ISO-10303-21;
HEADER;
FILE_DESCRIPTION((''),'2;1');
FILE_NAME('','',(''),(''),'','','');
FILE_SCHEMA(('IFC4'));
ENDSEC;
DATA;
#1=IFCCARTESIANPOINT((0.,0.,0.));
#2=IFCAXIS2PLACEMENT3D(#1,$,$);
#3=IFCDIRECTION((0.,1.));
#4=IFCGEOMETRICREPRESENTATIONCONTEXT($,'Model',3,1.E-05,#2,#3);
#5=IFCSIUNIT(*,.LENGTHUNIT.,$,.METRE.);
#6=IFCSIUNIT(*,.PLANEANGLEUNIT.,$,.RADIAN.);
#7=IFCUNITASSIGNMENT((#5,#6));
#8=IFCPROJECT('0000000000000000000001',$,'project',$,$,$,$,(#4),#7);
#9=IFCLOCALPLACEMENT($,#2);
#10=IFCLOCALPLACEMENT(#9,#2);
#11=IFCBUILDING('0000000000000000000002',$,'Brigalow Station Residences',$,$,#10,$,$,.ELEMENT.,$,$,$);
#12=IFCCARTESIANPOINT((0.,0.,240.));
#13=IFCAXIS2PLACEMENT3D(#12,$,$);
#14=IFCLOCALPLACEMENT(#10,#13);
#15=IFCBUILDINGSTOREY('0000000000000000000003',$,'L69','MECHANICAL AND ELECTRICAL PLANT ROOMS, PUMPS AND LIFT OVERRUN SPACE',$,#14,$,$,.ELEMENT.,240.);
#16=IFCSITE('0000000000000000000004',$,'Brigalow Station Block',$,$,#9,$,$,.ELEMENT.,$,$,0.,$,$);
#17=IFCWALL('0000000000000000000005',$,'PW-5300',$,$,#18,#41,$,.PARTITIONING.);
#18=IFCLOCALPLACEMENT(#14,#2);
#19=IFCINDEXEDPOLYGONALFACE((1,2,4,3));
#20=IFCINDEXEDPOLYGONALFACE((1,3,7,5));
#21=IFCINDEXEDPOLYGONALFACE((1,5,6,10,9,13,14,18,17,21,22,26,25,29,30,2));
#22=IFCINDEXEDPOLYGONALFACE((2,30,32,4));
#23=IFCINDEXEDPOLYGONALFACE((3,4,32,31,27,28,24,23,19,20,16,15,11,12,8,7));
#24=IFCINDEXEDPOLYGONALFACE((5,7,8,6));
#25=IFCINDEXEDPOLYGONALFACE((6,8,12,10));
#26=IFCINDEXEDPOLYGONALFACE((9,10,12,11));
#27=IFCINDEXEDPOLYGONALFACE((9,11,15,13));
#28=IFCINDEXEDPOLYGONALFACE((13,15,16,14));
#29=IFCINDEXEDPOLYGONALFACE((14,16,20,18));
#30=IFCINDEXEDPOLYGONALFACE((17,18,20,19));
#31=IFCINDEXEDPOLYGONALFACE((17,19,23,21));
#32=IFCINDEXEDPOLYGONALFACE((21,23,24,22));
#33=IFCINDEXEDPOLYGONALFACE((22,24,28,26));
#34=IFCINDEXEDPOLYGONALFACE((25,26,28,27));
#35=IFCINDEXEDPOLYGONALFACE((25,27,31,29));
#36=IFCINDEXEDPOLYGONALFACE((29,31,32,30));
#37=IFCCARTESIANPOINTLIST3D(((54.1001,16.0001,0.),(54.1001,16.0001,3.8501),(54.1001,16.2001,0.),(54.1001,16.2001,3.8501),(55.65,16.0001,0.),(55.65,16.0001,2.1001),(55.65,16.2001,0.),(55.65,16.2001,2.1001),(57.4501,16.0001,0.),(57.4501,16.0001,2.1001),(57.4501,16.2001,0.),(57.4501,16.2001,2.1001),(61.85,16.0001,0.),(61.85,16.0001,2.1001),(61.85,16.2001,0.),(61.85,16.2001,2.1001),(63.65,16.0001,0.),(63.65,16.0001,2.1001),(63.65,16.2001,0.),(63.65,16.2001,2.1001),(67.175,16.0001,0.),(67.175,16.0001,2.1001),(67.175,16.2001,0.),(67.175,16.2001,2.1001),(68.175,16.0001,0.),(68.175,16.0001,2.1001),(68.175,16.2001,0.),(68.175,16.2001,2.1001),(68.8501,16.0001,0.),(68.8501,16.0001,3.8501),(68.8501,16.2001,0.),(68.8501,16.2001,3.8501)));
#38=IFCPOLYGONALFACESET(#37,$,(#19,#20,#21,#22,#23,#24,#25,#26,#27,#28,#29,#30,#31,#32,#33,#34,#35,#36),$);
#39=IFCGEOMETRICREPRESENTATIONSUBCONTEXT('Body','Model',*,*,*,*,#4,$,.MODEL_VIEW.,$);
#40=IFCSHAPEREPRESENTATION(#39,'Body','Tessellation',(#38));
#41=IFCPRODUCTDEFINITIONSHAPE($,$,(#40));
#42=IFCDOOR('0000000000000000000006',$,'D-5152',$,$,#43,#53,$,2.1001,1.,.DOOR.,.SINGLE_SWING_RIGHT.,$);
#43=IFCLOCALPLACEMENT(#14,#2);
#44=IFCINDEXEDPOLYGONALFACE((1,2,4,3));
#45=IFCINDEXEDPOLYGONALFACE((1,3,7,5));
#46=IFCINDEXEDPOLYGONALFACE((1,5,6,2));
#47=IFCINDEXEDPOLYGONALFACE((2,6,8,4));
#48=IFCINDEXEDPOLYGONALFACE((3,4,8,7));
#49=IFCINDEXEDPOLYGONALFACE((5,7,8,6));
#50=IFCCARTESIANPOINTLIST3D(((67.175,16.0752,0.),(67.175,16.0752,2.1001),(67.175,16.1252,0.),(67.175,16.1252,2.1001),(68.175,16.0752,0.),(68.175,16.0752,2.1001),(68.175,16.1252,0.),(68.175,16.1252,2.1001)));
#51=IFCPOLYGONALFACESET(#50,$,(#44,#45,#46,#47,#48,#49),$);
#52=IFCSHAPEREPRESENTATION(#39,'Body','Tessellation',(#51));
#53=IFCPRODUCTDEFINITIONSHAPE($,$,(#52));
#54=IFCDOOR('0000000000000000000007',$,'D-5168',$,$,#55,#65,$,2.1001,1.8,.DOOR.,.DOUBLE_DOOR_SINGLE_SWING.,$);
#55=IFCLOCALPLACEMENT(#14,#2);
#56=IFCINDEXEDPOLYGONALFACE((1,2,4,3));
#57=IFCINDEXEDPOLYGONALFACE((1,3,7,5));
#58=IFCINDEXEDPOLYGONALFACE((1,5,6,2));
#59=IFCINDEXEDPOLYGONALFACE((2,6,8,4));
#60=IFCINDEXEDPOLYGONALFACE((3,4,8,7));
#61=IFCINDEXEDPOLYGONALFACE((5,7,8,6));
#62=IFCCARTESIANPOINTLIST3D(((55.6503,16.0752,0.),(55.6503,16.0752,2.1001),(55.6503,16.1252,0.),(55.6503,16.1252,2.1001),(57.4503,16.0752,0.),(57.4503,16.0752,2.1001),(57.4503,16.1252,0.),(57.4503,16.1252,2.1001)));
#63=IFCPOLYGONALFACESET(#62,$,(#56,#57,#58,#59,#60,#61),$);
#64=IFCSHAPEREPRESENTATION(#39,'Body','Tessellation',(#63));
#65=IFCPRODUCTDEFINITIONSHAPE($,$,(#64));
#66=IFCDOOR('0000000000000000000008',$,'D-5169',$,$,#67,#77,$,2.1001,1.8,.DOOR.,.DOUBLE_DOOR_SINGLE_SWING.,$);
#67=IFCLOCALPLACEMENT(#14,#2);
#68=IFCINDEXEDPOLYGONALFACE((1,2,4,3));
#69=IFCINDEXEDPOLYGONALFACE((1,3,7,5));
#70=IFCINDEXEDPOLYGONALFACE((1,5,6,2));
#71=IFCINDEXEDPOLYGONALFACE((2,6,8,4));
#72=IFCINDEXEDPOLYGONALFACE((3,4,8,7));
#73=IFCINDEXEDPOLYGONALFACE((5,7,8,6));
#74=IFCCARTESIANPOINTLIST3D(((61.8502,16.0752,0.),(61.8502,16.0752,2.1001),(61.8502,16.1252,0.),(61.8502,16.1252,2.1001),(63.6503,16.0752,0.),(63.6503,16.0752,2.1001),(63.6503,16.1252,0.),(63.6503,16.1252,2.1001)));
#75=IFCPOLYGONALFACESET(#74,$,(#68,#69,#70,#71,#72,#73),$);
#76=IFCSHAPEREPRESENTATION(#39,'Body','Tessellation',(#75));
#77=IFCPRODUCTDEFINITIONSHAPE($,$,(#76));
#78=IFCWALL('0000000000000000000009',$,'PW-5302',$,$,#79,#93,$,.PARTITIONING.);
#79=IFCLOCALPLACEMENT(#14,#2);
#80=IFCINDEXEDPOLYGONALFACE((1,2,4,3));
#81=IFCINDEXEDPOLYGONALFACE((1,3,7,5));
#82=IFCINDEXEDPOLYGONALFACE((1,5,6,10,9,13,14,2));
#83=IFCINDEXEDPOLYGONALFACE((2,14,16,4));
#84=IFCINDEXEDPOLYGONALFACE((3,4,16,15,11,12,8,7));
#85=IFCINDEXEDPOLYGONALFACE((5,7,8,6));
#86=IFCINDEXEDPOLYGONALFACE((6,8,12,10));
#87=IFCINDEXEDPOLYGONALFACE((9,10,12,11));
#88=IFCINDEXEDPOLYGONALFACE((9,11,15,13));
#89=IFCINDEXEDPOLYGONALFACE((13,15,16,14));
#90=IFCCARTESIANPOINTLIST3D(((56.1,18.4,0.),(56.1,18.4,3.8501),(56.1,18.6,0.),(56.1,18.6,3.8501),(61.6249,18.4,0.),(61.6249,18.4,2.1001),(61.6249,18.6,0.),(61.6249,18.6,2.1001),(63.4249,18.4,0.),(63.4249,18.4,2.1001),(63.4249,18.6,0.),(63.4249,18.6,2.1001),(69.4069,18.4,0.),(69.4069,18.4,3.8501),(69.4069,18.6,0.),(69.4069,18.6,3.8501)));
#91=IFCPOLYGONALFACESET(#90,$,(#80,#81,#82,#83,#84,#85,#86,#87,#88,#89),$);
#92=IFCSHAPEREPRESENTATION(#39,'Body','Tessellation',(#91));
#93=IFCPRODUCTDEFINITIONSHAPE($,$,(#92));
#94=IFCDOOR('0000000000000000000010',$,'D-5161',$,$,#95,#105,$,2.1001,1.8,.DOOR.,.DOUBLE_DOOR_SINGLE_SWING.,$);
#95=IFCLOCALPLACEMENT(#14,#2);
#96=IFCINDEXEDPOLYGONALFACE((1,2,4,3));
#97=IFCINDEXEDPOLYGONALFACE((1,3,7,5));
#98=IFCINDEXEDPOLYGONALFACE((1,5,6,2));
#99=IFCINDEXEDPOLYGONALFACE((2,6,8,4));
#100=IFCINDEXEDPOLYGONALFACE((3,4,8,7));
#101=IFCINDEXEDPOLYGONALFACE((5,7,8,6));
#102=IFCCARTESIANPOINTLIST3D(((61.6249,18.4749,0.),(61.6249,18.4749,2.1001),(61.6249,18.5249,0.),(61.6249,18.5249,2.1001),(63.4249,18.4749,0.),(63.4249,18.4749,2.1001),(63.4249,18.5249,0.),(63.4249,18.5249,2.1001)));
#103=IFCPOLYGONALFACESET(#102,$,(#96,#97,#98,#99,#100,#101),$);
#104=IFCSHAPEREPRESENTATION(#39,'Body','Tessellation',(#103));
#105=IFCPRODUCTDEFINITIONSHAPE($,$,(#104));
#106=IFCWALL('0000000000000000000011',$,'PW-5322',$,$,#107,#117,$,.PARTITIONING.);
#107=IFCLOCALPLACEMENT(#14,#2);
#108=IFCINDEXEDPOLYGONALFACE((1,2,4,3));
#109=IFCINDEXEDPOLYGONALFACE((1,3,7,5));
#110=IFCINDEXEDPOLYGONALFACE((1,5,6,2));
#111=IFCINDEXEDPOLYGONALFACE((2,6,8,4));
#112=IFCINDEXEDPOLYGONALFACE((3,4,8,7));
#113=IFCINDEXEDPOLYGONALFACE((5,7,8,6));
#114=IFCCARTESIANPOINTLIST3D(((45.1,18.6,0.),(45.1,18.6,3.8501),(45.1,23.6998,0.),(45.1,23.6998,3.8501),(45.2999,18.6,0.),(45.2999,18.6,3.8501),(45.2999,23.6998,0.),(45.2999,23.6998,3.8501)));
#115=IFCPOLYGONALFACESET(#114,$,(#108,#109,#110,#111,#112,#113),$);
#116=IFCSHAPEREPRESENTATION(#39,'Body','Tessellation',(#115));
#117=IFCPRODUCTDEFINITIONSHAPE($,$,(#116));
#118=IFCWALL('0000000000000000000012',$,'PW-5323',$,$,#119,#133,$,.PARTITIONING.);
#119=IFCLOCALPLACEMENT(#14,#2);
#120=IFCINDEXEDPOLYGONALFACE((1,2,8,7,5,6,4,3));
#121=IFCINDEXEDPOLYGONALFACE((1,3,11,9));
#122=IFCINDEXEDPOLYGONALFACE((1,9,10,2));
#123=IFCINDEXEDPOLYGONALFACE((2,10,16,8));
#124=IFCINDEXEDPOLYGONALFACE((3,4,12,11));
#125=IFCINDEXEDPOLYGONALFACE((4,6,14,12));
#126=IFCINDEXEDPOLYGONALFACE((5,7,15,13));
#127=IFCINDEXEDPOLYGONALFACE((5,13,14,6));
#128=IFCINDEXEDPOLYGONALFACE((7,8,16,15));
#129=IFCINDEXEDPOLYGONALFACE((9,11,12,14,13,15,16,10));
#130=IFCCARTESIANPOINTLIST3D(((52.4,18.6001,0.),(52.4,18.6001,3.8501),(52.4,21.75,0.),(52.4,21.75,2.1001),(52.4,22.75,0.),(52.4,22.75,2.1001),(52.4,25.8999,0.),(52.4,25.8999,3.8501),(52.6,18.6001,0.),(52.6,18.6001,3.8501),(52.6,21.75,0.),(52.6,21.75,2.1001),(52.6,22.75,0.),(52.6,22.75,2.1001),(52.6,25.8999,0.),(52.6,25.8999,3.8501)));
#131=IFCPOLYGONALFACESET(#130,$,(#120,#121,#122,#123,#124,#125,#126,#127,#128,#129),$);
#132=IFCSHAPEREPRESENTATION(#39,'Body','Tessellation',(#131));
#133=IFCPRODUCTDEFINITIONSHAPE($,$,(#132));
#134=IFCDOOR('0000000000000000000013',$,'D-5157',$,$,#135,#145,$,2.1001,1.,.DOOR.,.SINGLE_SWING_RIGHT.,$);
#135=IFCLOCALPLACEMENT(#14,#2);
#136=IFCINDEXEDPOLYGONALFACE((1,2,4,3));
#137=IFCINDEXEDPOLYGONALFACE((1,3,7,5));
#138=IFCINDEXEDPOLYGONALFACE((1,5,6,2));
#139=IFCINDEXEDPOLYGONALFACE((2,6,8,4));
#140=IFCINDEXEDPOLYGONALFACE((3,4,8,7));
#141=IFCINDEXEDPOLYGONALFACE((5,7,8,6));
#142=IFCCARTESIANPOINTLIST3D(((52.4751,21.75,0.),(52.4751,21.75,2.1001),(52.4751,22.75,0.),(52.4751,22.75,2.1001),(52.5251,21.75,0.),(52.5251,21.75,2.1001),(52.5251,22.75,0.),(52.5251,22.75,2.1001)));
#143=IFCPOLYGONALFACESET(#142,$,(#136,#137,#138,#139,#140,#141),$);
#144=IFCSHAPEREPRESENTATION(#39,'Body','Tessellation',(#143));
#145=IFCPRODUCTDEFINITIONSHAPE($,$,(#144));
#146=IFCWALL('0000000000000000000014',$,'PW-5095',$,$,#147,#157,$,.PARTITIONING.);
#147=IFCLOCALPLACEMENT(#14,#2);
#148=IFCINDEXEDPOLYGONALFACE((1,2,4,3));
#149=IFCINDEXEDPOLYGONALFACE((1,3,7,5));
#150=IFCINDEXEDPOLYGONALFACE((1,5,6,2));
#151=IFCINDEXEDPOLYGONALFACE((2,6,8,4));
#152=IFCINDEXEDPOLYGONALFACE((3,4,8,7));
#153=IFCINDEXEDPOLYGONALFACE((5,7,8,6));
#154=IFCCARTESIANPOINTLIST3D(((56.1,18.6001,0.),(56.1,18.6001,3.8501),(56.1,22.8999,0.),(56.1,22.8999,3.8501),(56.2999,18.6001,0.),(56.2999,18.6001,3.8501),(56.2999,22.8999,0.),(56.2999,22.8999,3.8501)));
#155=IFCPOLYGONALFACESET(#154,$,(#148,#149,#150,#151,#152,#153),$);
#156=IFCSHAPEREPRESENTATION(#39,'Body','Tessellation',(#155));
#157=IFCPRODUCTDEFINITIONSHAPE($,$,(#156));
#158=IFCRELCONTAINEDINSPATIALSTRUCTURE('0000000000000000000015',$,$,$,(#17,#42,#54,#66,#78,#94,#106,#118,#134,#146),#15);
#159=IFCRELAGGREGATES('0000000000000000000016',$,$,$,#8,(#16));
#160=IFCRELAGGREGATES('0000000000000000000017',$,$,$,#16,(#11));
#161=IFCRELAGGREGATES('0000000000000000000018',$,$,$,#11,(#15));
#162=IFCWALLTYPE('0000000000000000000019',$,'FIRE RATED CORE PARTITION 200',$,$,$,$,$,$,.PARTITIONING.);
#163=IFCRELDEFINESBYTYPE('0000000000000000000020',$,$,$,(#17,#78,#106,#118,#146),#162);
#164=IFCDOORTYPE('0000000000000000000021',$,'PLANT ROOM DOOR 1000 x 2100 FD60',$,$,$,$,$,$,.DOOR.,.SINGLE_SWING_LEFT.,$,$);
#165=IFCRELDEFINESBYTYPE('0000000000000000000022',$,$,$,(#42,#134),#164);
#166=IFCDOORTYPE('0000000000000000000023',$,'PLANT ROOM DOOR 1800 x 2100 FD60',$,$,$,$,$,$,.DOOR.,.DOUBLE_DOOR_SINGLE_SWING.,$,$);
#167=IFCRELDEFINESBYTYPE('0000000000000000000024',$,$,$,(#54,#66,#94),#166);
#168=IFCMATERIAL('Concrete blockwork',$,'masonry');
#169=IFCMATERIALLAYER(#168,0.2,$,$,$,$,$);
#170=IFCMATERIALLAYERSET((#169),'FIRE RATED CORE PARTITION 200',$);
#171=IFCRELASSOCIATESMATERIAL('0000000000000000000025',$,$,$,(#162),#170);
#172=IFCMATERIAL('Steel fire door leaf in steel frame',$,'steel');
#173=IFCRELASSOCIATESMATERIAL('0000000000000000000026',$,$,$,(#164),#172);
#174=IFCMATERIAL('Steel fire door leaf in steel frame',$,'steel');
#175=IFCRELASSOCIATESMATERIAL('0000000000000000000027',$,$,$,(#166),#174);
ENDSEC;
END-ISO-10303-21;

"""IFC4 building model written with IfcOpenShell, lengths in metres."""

from ifc_helpers import new_model, si_unit, direction, frame, frame_2d, origin, place, context, subcontext, project, spatial, rectangle, extrude, material, layer, layer_set, type_object, element, fill, save


model = new_model("IFC4")

# Units and contexts
model_context = context("Model", 3, precision=1e-05, world=origin(), true_north=direction((0.0, 1.0)))
body_context = subcontext(model_context, "Body", "Model", "MODEL_VIEW")
ifc_project = project(units=[si_unit("LENGTHUNIT", "METRE"), si_unit("PLANEANGLEUNIT", "RADIAN")], contexts=[model_context])

# Site, building, storey
site_placement = place(None, origin())
site = spatial("IfcSite", under=ifc_project, at=site_placement, Name="Brigalow Station Block", CompositionType="ELEMENT", RefElevation=0.0)
building_placement = place(site_placement, origin())
building = spatial("IfcBuilding", under=site, at=building_placement, Name="Brigalow Station Residences", CompositionType="ELEMENT")
storey_placement = place(building_placement, frame((0.0, 0.0, 240.0)))
storey = spatial("IfcBuildingStorey", under=building, at=storey_placement, Name="L69", Description="MECHANICAL AND ELECTRICAL PLANT ROOMS, PUMPS AND LIFT OVERRUN SPACE", CompositionType="ELEMENT", Elevation=240.0)

# Shared definitions
ifc_material_1 = material(Name="Concrete blockwork", Category="masonry")
ifc_layer_1 = layer(ifc_material_1, 0.2)
ifc_layer_set_1 = layer_set([ifc_layer_1], Name="FIRE RATED CORE PARTITION 200")
wall_type_1 = type_object("IfcWallType", Name="FIRE RATED CORE PARTITION 200", PredefinedType="PARTITIONING", material=ifc_layer_set_1)

# Wall, openings, doors
wall_1_placement = place(storey_placement, frame((54.1001, 16.1001, 0.0), z_axis=(0.0, 0.0, 1.0), x_axis=(1.0, 0.0, 0.0)))
wall_1 = element("IfcWall", 1, at=wall_1_placement, inside=storey, type_object=wall_type_1, Name="PW-5300", PredefinedType="PARTITIONING", context=body_context, shape_type="SweptSolid", body=[
    extrude(rectangle(XDim=14.75, YDim=0.2, at=frame_2d((7.375, 0.0))), origin(), (0.0, 0.0, 1.0), 3.8501),
])
opening_1_placement = place(wall_1_placement, frame((1.55, 0.0, 0.0)))
opening_1 = element("IfcOpeningElement", 2, at=opening_1_placement, cuts=wall_1, PredefinedType="OPENING", context=body_context, shape_type="SweptSolid", body=[
    extrude(rectangle(XDim=1.8, YDim=2.1001, at=frame_2d((0.8999, 1.05))), frame((0.0, 0.1099, 0.0), z_axis=(0.0, -1.0, 0.0), x_axis=(1.0, 0.0, 0.0)), (0.0, 0.0, 1.0), 0.22),
])
opening_2_placement = place(wall_1_placement, frame((7.75, 0.0, 0.0)))
opening_2 = element("IfcOpeningElement", 3, at=opening_2_placement, cuts=wall_1, PredefinedType="OPENING", context=body_context, shape_type="SweptSolid", body=[
    extrude(rectangle(XDim=1.8, YDim=2.1001, at=frame_2d((0.8999, 1.05))), frame((0.0, 0.1099, 0.0), z_axis=(0.0, -1.0, 0.0), x_axis=(1.0, 0.0, 0.0)), (0.0, 0.0, 1.0), 0.22),
])
opening_3_placement = place(wall_1_placement, frame((13.075, 0.0, 0.0)))
opening_3 = element("IfcOpeningElement", 4, at=opening_3_placement, cuts=wall_1, PredefinedType="OPENING", context=body_context, shape_type="SweptSolid", body=[
    extrude(rectangle(XDim=1.0, YDim=2.1001, at=frame_2d((0.5, 1.05))), frame((0.0, 0.1099, 0.0), z_axis=(0.0, -1.0, 0.0), x_axis=(1.0, 0.0, 0.0)), (0.0, 0.0, 1.0), 0.22),
])
ifc_material_2 = material(Name="Steel fire door leaf in steel frame", Category="steel")
door_type_1 = type_object("IfcDoorType", Name="PLANT ROOM DOOR 1000 x 2100 FD60", OperationType="SINGLE_SWING_LEFT", PredefinedType="DOOR", material=ifc_material_2)
door_1_placement = place(opening_3_placement, frame((1.0, 0.0, 0.0), z_axis=(0.0, 0.0, 1.0), x_axis=(-1.0, 0.0, 0.0)))
door_1 = element("IfcDoor", 5, at=door_1_placement, inside=storey, type_object=door_type_1, Name="D-5152", OperationType="SINGLE_SWING_RIGHT", OverallHeight=2.1001, OverallWidth=1.0, PredefinedType="DOOR", context=body_context, shape_type="SweptSolid", body=[
    extrude(rectangle(XDim=1.0, YDim=2.1001, at=frame_2d((0.5, 1.05))), frame((0.0, 0.0249, 0.0), z_axis=(0.0, -1.0, 0.0), x_axis=(1.0, 0.0, 0.0)), (0.0, 0.0, 1.0), 0.05),
])
fill(opening_3, door_1)
ifc_material_3 = material(Name="Steel fire door leaf in steel frame", Category="steel")
door_type_2 = type_object("IfcDoorType", Name="PLANT ROOM DOOR 1800 x 2100 FD60", OperationType="DOUBLE_DOOR_SINGLE_SWING", PredefinedType="DOOR", material=ifc_material_3)
door_2_placement = place(opening_1_placement, frame((1.8, 0.0, 0.0), z_axis=(0.0, 0.0, 1.0), x_axis=(-1.0, 0.0, 0.0)))
door_2 = element("IfcDoor", 6, at=door_2_placement, inside=storey, type_object=door_type_2, Name="D-5168", OperationType="DOUBLE_DOOR_SINGLE_SWING", OverallHeight=2.1001, OverallWidth=1.8, PredefinedType="DOOR", context=body_context, shape_type="SweptSolid", body=[
    extrude(rectangle(XDim=1.8, YDim=2.1001, at=frame_2d((0.8999, 1.05))), frame((0.0, 0.0249, 0.0), z_axis=(0.0, -1.0, 0.0), x_axis=(1.0, 0.0, 0.0)), (0.0, 0.0, 1.0), 0.05),
])
fill(opening_1, door_2)
door_3_placement = place(opening_2_placement, frame((1.8, 0.0, 0.0), z_axis=(0.0, 0.0, 1.0), x_axis=(-1.0, 0.0, 0.0)))
door_3 = element("IfcDoor", 7, at=door_3_placement, inside=storey, type_object=door_type_2, Name="D-5169", OperationType="DOUBLE_DOOR_SINGLE_SWING", OverallHeight=2.1001, OverallWidth=1.8, PredefinedType="DOOR", context=body_context, shape_type="SweptSolid", body=[
    extrude(rectangle(XDim=1.8, YDim=2.1001, at=frame_2d((0.8999, 1.05))), frame((0.0, 0.0249, 0.0), z_axis=(0.0, -1.0, 0.0), x_axis=(1.0, 0.0, 0.0)), (0.0, 0.0, 1.0), 0.05),
])
fill(opening_2, door_3)

# Wall, opening, door
wall_2_placement = place(storey_placement, frame((56.1001, 18.5, 0.0), z_axis=(0.0, 0.0, 1.0), x_axis=(1.0, 0.0, 0.0)))
wall_2 = element("IfcWall", 8, at=wall_2_placement, inside=storey, type_object=wall_type_1, Name="PW-5302", PredefinedType="PARTITIONING", context=body_context, shape_type="SweptSolid", body=[
    extrude(rectangle(XDim=13.3069, YDim=0.2, at=frame_2d((6.6533, 0.0))), origin(), (0.0, 0.0, 1.0), 3.8501),
])
opening_4_placement = place(wall_2_placement, frame((5.5249, 0.0, 0.0)))
opening_4 = element("IfcOpeningElement", 9, at=opening_4_placement, cuts=wall_2, PredefinedType="OPENING", context=body_context, shape_type="SweptSolid", body=[
    extrude(rectangle(XDim=1.8, YDim=2.1001, at=frame_2d((0.8999, 1.05))), frame((0.0, 0.1099, 0.0), z_axis=(0.0, -1.0, 0.0), x_axis=(1.0, 0.0, 0.0)), (0.0, 0.0, 1.0), 0.22),
])
door_4_placement = place(opening_4_placement, origin())
door_4 = element("IfcDoor", 10, at=door_4_placement, inside=storey, type_object=door_type_2, Name="D-5161", OperationType="DOUBLE_DOOR_SINGLE_SWING", OverallHeight=2.1001, OverallWidth=1.8, PredefinedType="DOOR", context=body_context, shape_type="SweptSolid", body=[
    extrude(rectangle(XDim=1.8, YDim=2.1001, at=frame_2d((0.8999, 1.05))), frame((0.0, 0.0249, 0.0), z_axis=(0.0, -1.0, 0.0), x_axis=(1.0, 0.0, 0.0)), (0.0, 0.0, 1.0), 0.05),
])
fill(opening_4, door_4)

# Wall
wall_3_placement = place(storey_placement, frame((45.2, 18.6001, 0.0), z_axis=(0.0, 0.0, 1.0), x_axis=(0.0, 1.0, 0.0)))
element("IfcWall", 11, at=wall_3_placement, inside=storey, type_object=wall_type_1, Name="PW-5322", PredefinedType="PARTITIONING", context=body_context, shape_type="SweptSolid", body=[
    extrude(rectangle(XDim=5.0999, YDim=0.2, at=frame_2d((2.5498, 0.0))), origin(), (0.0, 0.0, 1.0), 3.8501),
])

# Wall, opening, door
wall_4_placement = place(storey_placement, frame((52.5, 18.6001, 0.0), z_axis=(0.0, 0.0, 1.0), x_axis=(0.0, 1.0, 0.0)))
wall_4 = element("IfcWall", 12, at=wall_4_placement, inside=storey, type_object=wall_type_1, Name="PW-5323", PredefinedType="PARTITIONING", context=body_context, shape_type="SweptSolid", body=[
    extrude(rectangle(XDim=7.2998, YDim=0.2, at=frame_2d((3.6499, 0.0))), origin(), (0.0, 0.0, 1.0), 3.8501),
])
opening_5_placement = place(wall_4_placement, frame((3.1499, 0.0, 0.0)))
opening_5 = element("IfcOpeningElement", 13, at=opening_5_placement, cuts=wall_4, PredefinedType="OPENING", context=body_context, shape_type="SweptSolid", body=[
    extrude(rectangle(XDim=1.0, YDim=2.1001, at=frame_2d((0.5, 1.05))), frame((0.0, 0.1099, 0.0), z_axis=(0.0, -1.0, 0.0), x_axis=(1.0, 0.0, 0.0)), (0.0, 0.0, 1.0), 0.22),
])
door_5_placement = place(opening_5_placement, origin())
door_5 = element("IfcDoor", 14, at=door_5_placement, inside=storey, type_object=door_type_1, Name="D-5157", OperationType="SINGLE_SWING_RIGHT", OverallHeight=2.1001, OverallWidth=1.0, PredefinedType="DOOR", context=body_context, shape_type="SweptSolid", body=[
    extrude(rectangle(XDim=1.0, YDim=2.1001, at=frame_2d((0.5, 1.05))), frame((0.0, 0.0249, 0.0), z_axis=(0.0, -1.0, 0.0), x_axis=(1.0, 0.0, 0.0)), (0.0, 0.0, 1.0), 0.05),
])
fill(opening_5, door_5)

# Wall
wall_5_placement = place(storey_placement, frame((56.2, 18.6001, 0.0), z_axis=(0.0, 0.0, 1.0), x_axis=(0.0, 1.0, 0.0)))
element("IfcWall", 15, at=wall_5_placement, inside=storey, type_object=wall_type_1, Name="PW-5095", PredefinedType="PARTITIONING", context=body_context, shape_type="SweptSolid", body=[
    extrude(rectangle(XDim=4.2998, YDim=0.2, at=frame_2d((2.1499, 0.0))), origin(), (0.0, 0.0, 1.0), 3.8501),
])

save(model, "model.ifc")
